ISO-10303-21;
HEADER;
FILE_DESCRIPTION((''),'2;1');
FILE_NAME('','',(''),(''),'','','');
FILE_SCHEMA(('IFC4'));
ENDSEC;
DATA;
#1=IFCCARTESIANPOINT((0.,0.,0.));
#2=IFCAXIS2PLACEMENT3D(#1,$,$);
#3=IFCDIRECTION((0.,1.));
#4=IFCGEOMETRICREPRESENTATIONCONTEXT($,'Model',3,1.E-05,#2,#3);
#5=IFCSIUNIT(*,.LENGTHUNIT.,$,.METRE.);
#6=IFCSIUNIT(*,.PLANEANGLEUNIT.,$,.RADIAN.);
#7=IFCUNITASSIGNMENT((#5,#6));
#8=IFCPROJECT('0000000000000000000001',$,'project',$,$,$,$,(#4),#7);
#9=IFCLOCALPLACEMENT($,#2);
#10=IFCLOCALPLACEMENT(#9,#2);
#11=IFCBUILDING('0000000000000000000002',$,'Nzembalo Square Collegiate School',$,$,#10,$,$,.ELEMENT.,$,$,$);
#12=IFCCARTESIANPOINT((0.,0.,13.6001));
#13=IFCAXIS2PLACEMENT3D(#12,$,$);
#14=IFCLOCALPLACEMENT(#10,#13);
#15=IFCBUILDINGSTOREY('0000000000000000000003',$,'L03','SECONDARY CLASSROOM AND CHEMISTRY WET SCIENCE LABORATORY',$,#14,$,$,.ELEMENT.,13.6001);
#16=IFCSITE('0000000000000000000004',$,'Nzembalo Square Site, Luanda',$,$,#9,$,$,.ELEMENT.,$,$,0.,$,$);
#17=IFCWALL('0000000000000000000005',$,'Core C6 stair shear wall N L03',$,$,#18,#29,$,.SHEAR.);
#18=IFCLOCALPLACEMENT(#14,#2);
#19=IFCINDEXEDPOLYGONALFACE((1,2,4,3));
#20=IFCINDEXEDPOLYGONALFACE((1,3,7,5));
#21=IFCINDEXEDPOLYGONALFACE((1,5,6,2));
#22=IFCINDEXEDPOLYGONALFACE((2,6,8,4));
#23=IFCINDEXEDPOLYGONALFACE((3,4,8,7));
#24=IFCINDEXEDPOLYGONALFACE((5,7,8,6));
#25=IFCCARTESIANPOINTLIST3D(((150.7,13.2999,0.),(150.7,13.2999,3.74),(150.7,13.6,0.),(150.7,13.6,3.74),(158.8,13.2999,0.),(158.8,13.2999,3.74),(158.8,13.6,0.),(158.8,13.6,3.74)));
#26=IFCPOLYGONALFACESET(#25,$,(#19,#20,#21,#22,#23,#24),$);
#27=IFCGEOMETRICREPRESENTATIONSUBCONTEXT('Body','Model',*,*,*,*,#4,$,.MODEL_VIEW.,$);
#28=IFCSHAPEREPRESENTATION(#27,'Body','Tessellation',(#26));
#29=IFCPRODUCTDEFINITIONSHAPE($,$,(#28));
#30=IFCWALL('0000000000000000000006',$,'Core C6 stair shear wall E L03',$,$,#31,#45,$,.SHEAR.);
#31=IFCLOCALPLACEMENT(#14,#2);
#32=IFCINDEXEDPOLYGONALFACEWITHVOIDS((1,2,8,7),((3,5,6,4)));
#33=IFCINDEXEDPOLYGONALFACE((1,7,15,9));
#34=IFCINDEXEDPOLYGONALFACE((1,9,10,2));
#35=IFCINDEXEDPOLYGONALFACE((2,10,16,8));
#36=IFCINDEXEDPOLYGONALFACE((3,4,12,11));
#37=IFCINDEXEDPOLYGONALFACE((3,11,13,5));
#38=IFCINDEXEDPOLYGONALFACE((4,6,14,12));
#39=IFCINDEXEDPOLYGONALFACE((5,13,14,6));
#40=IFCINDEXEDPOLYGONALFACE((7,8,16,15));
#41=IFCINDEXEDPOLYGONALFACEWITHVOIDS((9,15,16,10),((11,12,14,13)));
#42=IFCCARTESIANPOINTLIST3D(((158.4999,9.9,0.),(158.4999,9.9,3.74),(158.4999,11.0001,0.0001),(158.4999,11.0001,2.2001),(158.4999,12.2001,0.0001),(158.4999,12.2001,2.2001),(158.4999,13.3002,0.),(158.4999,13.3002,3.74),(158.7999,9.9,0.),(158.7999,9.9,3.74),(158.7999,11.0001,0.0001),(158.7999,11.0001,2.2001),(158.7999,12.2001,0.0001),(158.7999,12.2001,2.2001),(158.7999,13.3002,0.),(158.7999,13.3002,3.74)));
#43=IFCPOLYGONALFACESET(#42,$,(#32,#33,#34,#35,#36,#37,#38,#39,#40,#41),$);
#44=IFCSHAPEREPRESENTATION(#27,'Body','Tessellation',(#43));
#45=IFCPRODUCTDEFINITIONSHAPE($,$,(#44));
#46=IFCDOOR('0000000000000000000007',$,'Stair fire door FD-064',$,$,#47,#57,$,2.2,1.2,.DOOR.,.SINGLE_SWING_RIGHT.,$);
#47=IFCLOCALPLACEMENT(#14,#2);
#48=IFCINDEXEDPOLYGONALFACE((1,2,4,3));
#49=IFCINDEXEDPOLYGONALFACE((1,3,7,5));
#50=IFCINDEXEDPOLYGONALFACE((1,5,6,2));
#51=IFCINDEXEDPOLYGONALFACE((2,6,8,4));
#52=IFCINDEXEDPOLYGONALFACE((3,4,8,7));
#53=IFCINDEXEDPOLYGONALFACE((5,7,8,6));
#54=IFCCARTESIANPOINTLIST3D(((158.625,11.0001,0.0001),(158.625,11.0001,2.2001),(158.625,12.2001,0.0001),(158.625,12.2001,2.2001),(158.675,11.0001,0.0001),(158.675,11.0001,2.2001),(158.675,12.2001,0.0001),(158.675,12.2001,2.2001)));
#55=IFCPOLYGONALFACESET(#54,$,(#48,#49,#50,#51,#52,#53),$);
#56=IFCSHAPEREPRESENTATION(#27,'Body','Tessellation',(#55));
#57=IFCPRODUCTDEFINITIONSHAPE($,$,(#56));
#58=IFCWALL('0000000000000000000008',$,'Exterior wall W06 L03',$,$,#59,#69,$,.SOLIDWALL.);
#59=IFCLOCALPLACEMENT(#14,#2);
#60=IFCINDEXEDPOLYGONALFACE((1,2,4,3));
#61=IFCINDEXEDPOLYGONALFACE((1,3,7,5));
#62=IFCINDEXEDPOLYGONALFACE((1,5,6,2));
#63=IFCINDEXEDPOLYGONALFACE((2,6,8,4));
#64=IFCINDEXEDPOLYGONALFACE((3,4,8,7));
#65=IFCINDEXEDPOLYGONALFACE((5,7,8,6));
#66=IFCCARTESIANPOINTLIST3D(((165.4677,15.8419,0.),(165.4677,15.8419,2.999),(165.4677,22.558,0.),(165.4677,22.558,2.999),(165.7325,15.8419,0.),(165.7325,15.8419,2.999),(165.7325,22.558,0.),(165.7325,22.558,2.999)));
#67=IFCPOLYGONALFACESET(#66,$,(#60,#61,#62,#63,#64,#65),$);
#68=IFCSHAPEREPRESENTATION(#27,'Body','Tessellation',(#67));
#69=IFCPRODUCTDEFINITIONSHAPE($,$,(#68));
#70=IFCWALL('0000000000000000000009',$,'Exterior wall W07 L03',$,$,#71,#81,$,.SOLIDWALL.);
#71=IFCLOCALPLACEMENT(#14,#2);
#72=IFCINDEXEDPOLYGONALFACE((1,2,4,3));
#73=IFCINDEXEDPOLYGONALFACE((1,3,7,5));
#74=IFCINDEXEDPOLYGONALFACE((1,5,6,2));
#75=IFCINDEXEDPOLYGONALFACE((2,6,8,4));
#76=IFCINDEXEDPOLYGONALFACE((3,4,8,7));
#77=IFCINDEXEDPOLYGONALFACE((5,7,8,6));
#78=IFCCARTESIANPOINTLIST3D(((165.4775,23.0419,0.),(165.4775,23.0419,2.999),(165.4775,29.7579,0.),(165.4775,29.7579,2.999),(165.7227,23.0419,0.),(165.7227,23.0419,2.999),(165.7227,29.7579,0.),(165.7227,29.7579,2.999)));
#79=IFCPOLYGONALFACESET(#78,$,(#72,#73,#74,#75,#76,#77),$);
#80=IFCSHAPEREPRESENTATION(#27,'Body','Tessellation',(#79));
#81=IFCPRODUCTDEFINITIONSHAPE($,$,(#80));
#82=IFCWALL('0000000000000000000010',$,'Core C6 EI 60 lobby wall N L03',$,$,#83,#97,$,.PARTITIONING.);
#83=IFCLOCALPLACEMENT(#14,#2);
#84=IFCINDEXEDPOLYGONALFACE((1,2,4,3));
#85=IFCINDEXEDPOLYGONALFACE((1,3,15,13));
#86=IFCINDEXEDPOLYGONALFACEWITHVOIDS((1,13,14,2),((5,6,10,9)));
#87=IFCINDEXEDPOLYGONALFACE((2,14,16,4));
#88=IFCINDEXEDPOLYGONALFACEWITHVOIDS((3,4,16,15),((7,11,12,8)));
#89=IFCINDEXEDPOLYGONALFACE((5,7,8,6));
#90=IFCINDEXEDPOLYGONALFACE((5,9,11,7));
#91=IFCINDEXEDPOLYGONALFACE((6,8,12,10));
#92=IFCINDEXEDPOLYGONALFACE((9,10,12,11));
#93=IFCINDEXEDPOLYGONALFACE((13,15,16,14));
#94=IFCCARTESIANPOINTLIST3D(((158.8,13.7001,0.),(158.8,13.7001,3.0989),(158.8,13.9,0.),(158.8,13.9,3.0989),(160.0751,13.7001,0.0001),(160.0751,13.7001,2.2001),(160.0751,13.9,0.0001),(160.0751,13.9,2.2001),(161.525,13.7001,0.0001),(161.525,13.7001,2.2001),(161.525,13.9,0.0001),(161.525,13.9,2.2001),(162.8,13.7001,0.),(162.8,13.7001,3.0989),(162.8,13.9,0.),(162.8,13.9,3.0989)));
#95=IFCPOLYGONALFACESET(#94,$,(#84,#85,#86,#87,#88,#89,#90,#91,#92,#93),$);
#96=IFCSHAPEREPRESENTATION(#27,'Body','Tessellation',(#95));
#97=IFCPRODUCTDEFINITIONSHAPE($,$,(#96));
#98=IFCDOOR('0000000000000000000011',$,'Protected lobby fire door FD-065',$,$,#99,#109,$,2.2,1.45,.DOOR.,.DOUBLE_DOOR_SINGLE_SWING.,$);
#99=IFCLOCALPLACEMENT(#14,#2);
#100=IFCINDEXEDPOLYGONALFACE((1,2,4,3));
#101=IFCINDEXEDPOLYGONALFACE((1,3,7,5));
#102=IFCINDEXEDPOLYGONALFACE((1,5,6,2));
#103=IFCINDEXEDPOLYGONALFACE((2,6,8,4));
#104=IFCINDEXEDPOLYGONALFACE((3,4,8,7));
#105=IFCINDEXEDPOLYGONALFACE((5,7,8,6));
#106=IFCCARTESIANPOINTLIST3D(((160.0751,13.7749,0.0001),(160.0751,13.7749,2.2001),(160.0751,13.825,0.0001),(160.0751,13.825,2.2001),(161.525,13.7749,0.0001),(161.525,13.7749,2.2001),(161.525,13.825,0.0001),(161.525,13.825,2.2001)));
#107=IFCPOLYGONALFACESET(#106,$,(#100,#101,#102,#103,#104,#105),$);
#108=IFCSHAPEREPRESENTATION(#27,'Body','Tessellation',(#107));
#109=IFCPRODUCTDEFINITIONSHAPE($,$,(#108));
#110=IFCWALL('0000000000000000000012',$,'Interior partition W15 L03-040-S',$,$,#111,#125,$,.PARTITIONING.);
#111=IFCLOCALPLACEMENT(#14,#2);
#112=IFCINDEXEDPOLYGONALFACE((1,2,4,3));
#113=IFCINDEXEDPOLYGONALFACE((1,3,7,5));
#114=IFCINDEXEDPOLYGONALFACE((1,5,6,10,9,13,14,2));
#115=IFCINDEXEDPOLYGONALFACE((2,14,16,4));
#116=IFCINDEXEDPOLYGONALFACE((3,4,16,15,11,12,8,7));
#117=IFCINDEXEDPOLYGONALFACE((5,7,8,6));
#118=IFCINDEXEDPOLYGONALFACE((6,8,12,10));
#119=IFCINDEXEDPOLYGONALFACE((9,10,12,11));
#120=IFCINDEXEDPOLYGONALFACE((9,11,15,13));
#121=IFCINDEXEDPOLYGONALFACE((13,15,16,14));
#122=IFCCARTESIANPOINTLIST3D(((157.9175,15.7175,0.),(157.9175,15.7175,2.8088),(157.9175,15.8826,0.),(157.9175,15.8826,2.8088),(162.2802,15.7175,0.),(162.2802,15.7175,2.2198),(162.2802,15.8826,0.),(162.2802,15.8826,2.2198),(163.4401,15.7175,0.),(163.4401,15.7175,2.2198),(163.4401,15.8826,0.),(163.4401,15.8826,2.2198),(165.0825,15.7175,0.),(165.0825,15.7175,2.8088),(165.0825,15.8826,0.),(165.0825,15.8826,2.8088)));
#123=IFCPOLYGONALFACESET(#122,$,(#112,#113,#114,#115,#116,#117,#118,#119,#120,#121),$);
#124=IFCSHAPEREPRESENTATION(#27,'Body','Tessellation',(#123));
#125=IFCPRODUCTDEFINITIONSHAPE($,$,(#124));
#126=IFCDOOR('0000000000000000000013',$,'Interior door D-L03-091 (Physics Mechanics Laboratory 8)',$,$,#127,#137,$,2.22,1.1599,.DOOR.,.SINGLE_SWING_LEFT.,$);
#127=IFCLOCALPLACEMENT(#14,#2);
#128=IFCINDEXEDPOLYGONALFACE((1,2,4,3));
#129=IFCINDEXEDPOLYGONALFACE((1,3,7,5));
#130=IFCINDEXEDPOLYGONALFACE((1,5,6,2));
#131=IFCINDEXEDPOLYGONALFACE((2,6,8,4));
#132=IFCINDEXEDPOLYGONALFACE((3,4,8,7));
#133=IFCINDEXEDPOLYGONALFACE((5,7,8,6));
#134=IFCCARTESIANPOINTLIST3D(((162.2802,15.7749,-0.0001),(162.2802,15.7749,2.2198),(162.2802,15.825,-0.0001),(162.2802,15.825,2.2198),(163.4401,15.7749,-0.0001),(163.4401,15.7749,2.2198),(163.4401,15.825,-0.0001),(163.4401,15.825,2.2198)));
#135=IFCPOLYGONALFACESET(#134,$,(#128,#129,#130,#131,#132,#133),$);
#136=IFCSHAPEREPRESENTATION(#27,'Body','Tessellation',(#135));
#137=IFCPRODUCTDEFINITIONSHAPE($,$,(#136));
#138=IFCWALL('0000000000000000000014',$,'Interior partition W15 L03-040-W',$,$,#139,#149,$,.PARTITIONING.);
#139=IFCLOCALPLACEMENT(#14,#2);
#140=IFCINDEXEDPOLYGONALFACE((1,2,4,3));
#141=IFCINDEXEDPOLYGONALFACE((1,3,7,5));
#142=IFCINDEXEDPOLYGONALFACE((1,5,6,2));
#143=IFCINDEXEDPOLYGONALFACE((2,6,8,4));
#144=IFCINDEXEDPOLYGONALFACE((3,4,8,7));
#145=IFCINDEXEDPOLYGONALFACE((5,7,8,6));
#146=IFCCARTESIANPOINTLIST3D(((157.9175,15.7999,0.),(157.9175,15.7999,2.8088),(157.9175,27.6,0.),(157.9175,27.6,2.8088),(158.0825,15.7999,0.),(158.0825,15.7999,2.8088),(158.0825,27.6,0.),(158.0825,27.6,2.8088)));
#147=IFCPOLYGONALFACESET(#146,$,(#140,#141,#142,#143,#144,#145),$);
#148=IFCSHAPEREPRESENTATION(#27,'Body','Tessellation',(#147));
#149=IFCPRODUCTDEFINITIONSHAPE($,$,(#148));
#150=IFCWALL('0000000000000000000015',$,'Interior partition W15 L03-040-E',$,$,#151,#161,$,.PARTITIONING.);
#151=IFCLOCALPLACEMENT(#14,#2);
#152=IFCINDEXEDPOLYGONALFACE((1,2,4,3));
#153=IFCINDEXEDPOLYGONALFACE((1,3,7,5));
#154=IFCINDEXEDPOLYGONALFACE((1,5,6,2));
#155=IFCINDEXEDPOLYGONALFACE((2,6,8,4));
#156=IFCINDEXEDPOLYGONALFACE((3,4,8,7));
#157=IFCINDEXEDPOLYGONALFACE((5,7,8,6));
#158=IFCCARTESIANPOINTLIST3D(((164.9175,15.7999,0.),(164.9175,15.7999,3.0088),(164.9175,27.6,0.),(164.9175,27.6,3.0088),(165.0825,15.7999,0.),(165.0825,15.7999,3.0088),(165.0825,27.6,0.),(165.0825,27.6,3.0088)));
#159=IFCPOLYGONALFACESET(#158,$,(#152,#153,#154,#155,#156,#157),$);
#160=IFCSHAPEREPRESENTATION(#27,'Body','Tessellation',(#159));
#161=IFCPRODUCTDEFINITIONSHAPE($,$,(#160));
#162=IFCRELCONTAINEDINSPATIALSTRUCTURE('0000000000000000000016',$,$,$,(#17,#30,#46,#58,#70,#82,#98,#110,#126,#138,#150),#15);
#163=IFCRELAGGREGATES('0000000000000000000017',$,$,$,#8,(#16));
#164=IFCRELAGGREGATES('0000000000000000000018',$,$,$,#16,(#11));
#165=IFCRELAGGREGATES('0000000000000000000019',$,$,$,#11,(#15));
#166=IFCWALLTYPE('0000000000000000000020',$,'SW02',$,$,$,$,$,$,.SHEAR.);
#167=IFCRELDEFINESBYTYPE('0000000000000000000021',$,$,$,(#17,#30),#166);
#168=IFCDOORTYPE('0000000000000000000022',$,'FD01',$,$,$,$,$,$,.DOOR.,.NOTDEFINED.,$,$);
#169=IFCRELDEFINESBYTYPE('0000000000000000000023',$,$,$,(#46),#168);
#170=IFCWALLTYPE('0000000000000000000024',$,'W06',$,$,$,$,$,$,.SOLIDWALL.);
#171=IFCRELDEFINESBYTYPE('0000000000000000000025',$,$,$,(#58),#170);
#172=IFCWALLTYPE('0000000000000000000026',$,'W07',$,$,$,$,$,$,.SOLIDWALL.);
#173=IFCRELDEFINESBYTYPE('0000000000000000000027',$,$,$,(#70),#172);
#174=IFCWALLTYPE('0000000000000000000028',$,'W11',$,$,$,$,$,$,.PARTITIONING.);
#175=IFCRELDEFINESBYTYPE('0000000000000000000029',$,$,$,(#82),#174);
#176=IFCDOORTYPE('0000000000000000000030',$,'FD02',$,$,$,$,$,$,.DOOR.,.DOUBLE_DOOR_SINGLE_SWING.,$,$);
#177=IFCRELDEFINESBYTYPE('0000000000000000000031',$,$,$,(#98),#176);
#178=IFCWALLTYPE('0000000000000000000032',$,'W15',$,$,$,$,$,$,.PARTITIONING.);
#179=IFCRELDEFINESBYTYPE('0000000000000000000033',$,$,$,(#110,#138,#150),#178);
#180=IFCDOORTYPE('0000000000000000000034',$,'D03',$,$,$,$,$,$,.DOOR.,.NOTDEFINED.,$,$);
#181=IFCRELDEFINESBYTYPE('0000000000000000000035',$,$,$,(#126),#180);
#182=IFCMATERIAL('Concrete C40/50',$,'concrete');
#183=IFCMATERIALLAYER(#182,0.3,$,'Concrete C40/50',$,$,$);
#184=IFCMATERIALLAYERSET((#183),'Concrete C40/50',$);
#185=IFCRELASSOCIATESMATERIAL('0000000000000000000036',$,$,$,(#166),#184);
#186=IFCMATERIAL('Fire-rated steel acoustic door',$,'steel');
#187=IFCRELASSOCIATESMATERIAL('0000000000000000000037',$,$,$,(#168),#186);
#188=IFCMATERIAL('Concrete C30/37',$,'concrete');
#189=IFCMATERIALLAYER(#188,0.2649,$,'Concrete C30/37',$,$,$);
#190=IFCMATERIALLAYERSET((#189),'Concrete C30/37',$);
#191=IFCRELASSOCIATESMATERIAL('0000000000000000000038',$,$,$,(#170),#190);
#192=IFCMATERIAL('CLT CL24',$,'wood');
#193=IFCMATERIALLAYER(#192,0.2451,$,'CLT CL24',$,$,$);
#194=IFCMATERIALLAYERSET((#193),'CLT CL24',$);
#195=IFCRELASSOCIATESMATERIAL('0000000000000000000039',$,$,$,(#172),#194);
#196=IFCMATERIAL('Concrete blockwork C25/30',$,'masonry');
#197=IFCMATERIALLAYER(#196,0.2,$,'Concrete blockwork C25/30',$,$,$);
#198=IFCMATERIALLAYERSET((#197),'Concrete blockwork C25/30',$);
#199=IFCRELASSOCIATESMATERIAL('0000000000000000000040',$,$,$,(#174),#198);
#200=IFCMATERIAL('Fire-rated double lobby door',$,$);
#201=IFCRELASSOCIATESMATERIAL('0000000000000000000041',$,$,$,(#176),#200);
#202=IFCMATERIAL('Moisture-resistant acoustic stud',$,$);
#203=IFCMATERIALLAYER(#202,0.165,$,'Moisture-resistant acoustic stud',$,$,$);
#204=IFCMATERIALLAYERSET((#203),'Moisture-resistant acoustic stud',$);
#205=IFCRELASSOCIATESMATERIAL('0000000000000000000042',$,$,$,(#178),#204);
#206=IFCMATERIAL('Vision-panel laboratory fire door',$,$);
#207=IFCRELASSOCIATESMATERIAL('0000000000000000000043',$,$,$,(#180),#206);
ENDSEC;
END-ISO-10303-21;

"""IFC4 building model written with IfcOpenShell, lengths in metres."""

from ifc_helpers import new_model, si_unit, direction, frame, frame_2d, origin, place, context, subcontext, project, spatial, rectangle, extrude, material, layer, layer_set, type_object, element, fill, save


model = new_model("IFC4")

# Units and contexts
model_context = context("Model", 3, precision=1e-05, world=origin(), true_north=direction((0.0, 1.0)))
body_context = subcontext(model_context, "Body", "Model", "MODEL_VIEW")
ifc_project = project(units=[si_unit("LENGTHUNIT", "METRE"), si_unit("PLANEANGLEUNIT", "RADIAN")], contexts=[model_context])

# Site, building, storey
site_placement = place(None, origin())
site = spatial("IfcSite", under=ifc_project, at=site_placement, Name="Nzembalo Square Site, Luanda", CompositionType="ELEMENT", RefElevation=0.0)
building_placement = place(site_placement, origin())
building = spatial("IfcBuilding", under=site, at=building_placement, Name="Nzembalo Square Collegiate School", CompositionType="ELEMENT")
storey_placement = place(building_placement, frame((0.0, 0.0, 13.6001)))
storey = spatial("IfcBuildingStorey", under=building, at=storey_placement, Name="L03", Description="SECONDARY CLASSROOM AND CHEMISTRY WET SCIENCE LABORATORY", CompositionType="ELEMENT", Elevation=13.6001)

# Wall
ifc_material_1 = material(Name="Concrete C40/50", Category="concrete")
ifc_layer_1 = layer(ifc_material_1, 0.3, Name="Concrete C40/50")
ifc_layer_set_1 = layer_set([ifc_layer_1], Name="Concrete C40/50")
wall_type_1 = type_object("IfcWallType", Name="SW02", PredefinedType="SHEAR", material=ifc_layer_set_1)
wall_1_placement = place(storey_placement, frame((150.7, 13.45, 0.0), z_axis=(0.0, 0.0, 1.0), x_axis=(1.0, 0.0, 0.0)))
element("IfcWall", 1, at=wall_1_placement, inside=storey, type_object=wall_type_1, Name="Core C6 stair shear wall N L03", PredefinedType="SHEAR", context=body_context, shape_type="SweptSolid", body=[
    extrude(rectangle(XDim=8.1001, YDim=0.3, at=frame_2d((4.05, 0.0))), origin(), (0.0, 0.0, 1.0), 3.74),
])

# Wall, opening, door
wall_2_placement = place(storey_placement, frame((158.6499, 9.8999, 0.0), z_axis=(0.0, 0.0, 1.0), x_axis=(0.0, 1.0, 0.0)))
wall_2 = element("IfcWall", 2, at=wall_2_placement, inside=storey, type_object=wall_type_1, Name="Core C6 stair shear wall E L03", PredefinedType="SHEAR", context=body_context, shape_type="SweptSolid", body=[
    extrude(rectangle(XDim=3.4001, YDim=0.3, at=frame_2d((1.7002, 0.0))), origin(), (0.0, 0.0, 1.0), 3.74),
])
opening_1_placement = place(wall_2_placement, frame((1.1001, 0.0, 0.0)))
opening_1 = element("IfcOpeningElement", 3, at=opening_1_placement, cuts=wall_2, PredefinedType="OPENING", context=body_context, shape_type="SweptSolid", body=[
    extrude(rectangle(XDim=1.2, YDim=2.2, at=frame_2d((0.6001, 1.1001))), frame((0.0, 0.1602, 0.0), z_axis=(0.0, -1.0, 0.0), x_axis=(1.0, 0.0, 0.0)), (0.0, 0.0, 1.0), 0.3201),
])
ifc_material_2 = material(Name="Fire-rated steel acoustic door", Category="steel")
door_type_1 = type_object("IfcDoorType", Name="FD01", OperationType="NOTDEFINED", PredefinedType="DOOR", material=ifc_material_2)
door_1_placement = place(opening_1_placement, origin())
door_1 = element("IfcDoor", 4, at=door_1_placement, inside=storey, type_object=door_type_1, Name="Stair fire door FD-064", OperationType="SINGLE_SWING_RIGHT", OverallHeight=2.2, OverallWidth=1.2, PredefinedType="DOOR", context=body_context, shape_type="SweptSolid", body=[
    extrude(rectangle(XDim=1.2, YDim=2.2, at=frame_2d((0.6001, 1.1001))), frame((0.0, 0.0249, 0.0), z_axis=(0.0, -1.0, 0.0), x_axis=(1.0, 0.0, 0.0)), (0.0, 0.0, 1.0), 0.05),
])
fill(opening_1, door_1)

# Walls
ifc_material_3 = material(Name="Concrete C30/37", Category="concrete")
ifc_layer_2 = layer(ifc_material_3, 0.2649, Name="Concrete C30/37")
ifc_layer_set_2 = layer_set([ifc_layer_2], Name="Concrete C30/37")
wall_type_2 = type_object("IfcWallType", Name="W06", PredefinedType="SOLIDWALL", material=ifc_layer_set_2)
wall_3_placement = place(storey_placement, frame((165.6001, 15.842, 0.0), z_axis=(0.0, 0.0, 1.0), x_axis=(0.0, 1.0, 0.0)))
element("IfcWall", 5, at=wall_3_placement, inside=storey, type_object=wall_type_2, Name="Exterior wall W06 L03", PredefinedType="SOLIDWALL", context=body_context, shape_type="SweptSolid", body=[
    extrude(rectangle(XDim=6.7161, YDim=0.2649, at=frame_2d((3.3579, 0.0))), origin(), (0.0, 0.0, 1.0), 2.999),
])
ifc_material_4 = material(Name="CLT CL24", Category="wood")
ifc_layer_3 = layer(ifc_material_4, 0.2451, Name="CLT CL24")
ifc_layer_set_3 = layer_set([ifc_layer_3], Name="CLT CL24")
wall_type_3 = type_object("IfcWallType", Name="W07", PredefinedType="SOLIDWALL", material=ifc_layer_set_3)
wall_4_placement = place(storey_placement, frame((165.6001, 23.042, 0.0), z_axis=(0.0, 0.0, 1.0), x_axis=(0.0, 1.0, 0.0)))
element("IfcWall", 6, at=wall_4_placement, inside=storey, type_object=wall_type_3, Name="Exterior wall W07 L03", PredefinedType="SOLIDWALL", context=body_context, shape_type="SweptSolid", body=[
    extrude(rectangle(XDim=6.7161, YDim=0.2451, at=frame_2d((3.3579, 0.0))), origin(), (0.0, 0.0, 1.0), 2.999),
])

# Walls, openings, doors
ifc_material_5 = material(Name="Concrete blockwork C25/30", Category="masonry")
ifc_layer_4 = layer(ifc_material_5, 0.2, Name="Concrete blockwork C25/30")
ifc_layer_set_4 = layer_set([ifc_layer_4], Name="Concrete blockwork C25/30")
wall_type_4 = type_object("IfcWallType", Name="W11", PredefinedType="PARTITIONING", material=ifc_layer_set_4)
wall_5_placement = place(storey_placement, frame((158.8, 13.8, 0.0), z_axis=(0.0, 0.0, 1.0), x_axis=(1.0, 0.0, 0.0)))
wall_5 = element("IfcWall", 7, at=wall_5_placement, inside=storey, type_object=wall_type_4, Name="Core C6 EI 60 lobby wall N L03", PredefinedType="PARTITIONING", context=body_context, shape_type="SweptSolid", body=[
    extrude(rectangle(XDim=4.0, YDim=0.2, at=frame_2d((2.0, 0.0))), origin(), (0.0, 0.0, 1.0), 3.0989),
])
opening_2_placement = place(wall_5_placement, frame((1.2749, 0.0, 0.0)))
opening_2 = element("IfcOpeningElement", 8, at=opening_2_placement, cuts=wall_5, PredefinedType="OPENING", context=body_context, shape_type="SweptSolid", body=[
    extrude(rectangle(XDim=1.45, YDim=2.2, at=frame_2d((0.7251, 1.1001))), frame((0.0, 0.1099, 0.0), z_axis=(0.0, -1.0, 0.0), x_axis=(1.0, 0.0, 0.0)), (0.0, 0.0, 1.0), 0.22),
])
ifc_material_6 = material(Name="Fire-rated double lobby door")
door_type_2 = type_object("IfcDoorType", Name="FD02", OperationType="DOUBLE_DOOR_SINGLE_SWING", PredefinedType="DOOR", material=ifc_material_6)
door_2_placement = place(opening_2_placement, origin())
door_2 = element("IfcDoor", 9, at=door_2_placement, inside=storey, type_object=door_type_2, Name="Protected lobby fire door FD-065", OperationType="DOUBLE_DOOR_SINGLE_SWING", OverallHeight=2.2, OverallWidth=1.45, PredefinedType="DOOR", context=body_context, shape_type="SweptSolid", body=[
    extrude(rectangle(XDim=1.45, YDim=2.2, at=frame_2d((0.7251, 1.1001))), frame((0.0, 0.0249, 0.0), z_axis=(0.0, -1.0, 0.0), x_axis=(1.0, 0.0, 0.0)), (0.0, 0.0, 1.0), 0.05),
])
fill(opening_2, door_2)
ifc_material_7 = material(Name="Moisture-resistant acoustic stud")
ifc_layer_5 = layer(ifc_material_7, 0.165, Name="Moisture-resistant acoustic stud")
ifc_layer_set_5 = layer_set([ifc_layer_5], Name="Moisture-resistant acoustic stud")
wall_type_5 = type_object("IfcWallType", Name="W15", PredefinedType="PARTITIONING", material=ifc_layer_set_5)
wall_6_placement = place(storey_placement, frame((157.9175, 15.8, 0.0), z_axis=(0.0, 0.0, 1.0), x_axis=(1.0, 0.0, 0.0)))
wall_6 = element("IfcWall", 10, at=wall_6_placement, inside=storey, type_object=wall_type_5, Name="Interior partition W15 L03-040-S", PredefinedType="PARTITIONING", context=body_context, shape_type="SweptSolid", body=[
    extrude(rectangle(XDim=7.165, YDim=0.165, at=frame_2d((3.5825, 0.0))), origin(), (0.0, 0.0, 1.0), 2.8088),
])
opening_3_placement = place(wall_6_placement, frame((4.3625, 0.0, 0.0)))
opening_3 = element("IfcOpeningElement", 11, at=opening_3_placement, cuts=wall_6, PredefinedType="OPENING", context=body_context, shape_type="SweptSolid", body=[
    extrude(rectangle(XDim=1.1599, YDim=2.22, at=frame_2d((0.5801, 1.1099))), frame((0.0, 0.0925, 0.0), z_axis=(0.0, -1.0, 0.0), x_axis=(1.0, 0.0, 0.0)), (0.0, 0.0, 1.0), 0.1851),
])
ifc_material_8 = material(Name="Vision-panel laboratory fire door")
door_type_3 = type_object("IfcDoorType", Name="D03", OperationType="NOTDEFINED", PredefinedType="DOOR", material=ifc_material_8)
door_3_placement = place(opening_3_placement, origin())
door_3 = element("IfcDoor", 12, at=door_3_placement, inside=storey, type_object=door_type_3, Name="Interior door D-L03-091 (Physics Mechanics Laboratory 8)", OperationType="SINGLE_SWING_LEFT", OverallHeight=2.22, OverallWidth=1.1599, PredefinedType="DOOR", context=body_context, shape_type="SweptSolid", body=[
    extrude(rectangle(XDim=1.1599, YDim=2.22, at=frame_2d((0.5801, 1.1099))), frame((0.0, 0.0249, 0.0), z_axis=(0.0, -1.0, 0.0), x_axis=(1.0, 0.0, 0.0)), (0.0, 0.0, 1.0), 0.05),
])
fill(opening_3, door_3)

# Walls
wall_7_placement = place(storey_placement, frame((158.0, 15.8, 0.0), z_axis=(0.0, 0.0, 1.0), x_axis=(0.0, 1.0, 0.0)))
element("IfcWall", 13, at=wall_7_placement, inside=storey, type_object=wall_type_5, Name="Interior partition W15 L03-040-W", PredefinedType="PARTITIONING", context=body_context, shape_type="SweptSolid", body=[
    extrude(rectangle(XDim=11.8, YDim=0.165, at=frame_2d((5.8999, 0.0))), origin(), (0.0, 0.0, 1.0), 2.8088),
])
wall_8_placement = place(storey_placement, frame((165.0, 15.8, 0.0), z_axis=(0.0, 0.0, 1.0), x_axis=(0.0, 1.0, 0.0)))
element("IfcWall", 14, at=wall_8_placement, inside=storey, type_object=wall_type_5, Name="Interior partition W15 L03-040-E", PredefinedType="PARTITIONING", context=body_context, shape_type="SweptSolid", body=[
    extrude(rectangle(XDim=11.8, YDim=0.165, at=frame_2d((5.8999, 0.0))), origin(), (0.0, 0.0, 1.0), 3.0088),
])

save(model, "model.ifc")
